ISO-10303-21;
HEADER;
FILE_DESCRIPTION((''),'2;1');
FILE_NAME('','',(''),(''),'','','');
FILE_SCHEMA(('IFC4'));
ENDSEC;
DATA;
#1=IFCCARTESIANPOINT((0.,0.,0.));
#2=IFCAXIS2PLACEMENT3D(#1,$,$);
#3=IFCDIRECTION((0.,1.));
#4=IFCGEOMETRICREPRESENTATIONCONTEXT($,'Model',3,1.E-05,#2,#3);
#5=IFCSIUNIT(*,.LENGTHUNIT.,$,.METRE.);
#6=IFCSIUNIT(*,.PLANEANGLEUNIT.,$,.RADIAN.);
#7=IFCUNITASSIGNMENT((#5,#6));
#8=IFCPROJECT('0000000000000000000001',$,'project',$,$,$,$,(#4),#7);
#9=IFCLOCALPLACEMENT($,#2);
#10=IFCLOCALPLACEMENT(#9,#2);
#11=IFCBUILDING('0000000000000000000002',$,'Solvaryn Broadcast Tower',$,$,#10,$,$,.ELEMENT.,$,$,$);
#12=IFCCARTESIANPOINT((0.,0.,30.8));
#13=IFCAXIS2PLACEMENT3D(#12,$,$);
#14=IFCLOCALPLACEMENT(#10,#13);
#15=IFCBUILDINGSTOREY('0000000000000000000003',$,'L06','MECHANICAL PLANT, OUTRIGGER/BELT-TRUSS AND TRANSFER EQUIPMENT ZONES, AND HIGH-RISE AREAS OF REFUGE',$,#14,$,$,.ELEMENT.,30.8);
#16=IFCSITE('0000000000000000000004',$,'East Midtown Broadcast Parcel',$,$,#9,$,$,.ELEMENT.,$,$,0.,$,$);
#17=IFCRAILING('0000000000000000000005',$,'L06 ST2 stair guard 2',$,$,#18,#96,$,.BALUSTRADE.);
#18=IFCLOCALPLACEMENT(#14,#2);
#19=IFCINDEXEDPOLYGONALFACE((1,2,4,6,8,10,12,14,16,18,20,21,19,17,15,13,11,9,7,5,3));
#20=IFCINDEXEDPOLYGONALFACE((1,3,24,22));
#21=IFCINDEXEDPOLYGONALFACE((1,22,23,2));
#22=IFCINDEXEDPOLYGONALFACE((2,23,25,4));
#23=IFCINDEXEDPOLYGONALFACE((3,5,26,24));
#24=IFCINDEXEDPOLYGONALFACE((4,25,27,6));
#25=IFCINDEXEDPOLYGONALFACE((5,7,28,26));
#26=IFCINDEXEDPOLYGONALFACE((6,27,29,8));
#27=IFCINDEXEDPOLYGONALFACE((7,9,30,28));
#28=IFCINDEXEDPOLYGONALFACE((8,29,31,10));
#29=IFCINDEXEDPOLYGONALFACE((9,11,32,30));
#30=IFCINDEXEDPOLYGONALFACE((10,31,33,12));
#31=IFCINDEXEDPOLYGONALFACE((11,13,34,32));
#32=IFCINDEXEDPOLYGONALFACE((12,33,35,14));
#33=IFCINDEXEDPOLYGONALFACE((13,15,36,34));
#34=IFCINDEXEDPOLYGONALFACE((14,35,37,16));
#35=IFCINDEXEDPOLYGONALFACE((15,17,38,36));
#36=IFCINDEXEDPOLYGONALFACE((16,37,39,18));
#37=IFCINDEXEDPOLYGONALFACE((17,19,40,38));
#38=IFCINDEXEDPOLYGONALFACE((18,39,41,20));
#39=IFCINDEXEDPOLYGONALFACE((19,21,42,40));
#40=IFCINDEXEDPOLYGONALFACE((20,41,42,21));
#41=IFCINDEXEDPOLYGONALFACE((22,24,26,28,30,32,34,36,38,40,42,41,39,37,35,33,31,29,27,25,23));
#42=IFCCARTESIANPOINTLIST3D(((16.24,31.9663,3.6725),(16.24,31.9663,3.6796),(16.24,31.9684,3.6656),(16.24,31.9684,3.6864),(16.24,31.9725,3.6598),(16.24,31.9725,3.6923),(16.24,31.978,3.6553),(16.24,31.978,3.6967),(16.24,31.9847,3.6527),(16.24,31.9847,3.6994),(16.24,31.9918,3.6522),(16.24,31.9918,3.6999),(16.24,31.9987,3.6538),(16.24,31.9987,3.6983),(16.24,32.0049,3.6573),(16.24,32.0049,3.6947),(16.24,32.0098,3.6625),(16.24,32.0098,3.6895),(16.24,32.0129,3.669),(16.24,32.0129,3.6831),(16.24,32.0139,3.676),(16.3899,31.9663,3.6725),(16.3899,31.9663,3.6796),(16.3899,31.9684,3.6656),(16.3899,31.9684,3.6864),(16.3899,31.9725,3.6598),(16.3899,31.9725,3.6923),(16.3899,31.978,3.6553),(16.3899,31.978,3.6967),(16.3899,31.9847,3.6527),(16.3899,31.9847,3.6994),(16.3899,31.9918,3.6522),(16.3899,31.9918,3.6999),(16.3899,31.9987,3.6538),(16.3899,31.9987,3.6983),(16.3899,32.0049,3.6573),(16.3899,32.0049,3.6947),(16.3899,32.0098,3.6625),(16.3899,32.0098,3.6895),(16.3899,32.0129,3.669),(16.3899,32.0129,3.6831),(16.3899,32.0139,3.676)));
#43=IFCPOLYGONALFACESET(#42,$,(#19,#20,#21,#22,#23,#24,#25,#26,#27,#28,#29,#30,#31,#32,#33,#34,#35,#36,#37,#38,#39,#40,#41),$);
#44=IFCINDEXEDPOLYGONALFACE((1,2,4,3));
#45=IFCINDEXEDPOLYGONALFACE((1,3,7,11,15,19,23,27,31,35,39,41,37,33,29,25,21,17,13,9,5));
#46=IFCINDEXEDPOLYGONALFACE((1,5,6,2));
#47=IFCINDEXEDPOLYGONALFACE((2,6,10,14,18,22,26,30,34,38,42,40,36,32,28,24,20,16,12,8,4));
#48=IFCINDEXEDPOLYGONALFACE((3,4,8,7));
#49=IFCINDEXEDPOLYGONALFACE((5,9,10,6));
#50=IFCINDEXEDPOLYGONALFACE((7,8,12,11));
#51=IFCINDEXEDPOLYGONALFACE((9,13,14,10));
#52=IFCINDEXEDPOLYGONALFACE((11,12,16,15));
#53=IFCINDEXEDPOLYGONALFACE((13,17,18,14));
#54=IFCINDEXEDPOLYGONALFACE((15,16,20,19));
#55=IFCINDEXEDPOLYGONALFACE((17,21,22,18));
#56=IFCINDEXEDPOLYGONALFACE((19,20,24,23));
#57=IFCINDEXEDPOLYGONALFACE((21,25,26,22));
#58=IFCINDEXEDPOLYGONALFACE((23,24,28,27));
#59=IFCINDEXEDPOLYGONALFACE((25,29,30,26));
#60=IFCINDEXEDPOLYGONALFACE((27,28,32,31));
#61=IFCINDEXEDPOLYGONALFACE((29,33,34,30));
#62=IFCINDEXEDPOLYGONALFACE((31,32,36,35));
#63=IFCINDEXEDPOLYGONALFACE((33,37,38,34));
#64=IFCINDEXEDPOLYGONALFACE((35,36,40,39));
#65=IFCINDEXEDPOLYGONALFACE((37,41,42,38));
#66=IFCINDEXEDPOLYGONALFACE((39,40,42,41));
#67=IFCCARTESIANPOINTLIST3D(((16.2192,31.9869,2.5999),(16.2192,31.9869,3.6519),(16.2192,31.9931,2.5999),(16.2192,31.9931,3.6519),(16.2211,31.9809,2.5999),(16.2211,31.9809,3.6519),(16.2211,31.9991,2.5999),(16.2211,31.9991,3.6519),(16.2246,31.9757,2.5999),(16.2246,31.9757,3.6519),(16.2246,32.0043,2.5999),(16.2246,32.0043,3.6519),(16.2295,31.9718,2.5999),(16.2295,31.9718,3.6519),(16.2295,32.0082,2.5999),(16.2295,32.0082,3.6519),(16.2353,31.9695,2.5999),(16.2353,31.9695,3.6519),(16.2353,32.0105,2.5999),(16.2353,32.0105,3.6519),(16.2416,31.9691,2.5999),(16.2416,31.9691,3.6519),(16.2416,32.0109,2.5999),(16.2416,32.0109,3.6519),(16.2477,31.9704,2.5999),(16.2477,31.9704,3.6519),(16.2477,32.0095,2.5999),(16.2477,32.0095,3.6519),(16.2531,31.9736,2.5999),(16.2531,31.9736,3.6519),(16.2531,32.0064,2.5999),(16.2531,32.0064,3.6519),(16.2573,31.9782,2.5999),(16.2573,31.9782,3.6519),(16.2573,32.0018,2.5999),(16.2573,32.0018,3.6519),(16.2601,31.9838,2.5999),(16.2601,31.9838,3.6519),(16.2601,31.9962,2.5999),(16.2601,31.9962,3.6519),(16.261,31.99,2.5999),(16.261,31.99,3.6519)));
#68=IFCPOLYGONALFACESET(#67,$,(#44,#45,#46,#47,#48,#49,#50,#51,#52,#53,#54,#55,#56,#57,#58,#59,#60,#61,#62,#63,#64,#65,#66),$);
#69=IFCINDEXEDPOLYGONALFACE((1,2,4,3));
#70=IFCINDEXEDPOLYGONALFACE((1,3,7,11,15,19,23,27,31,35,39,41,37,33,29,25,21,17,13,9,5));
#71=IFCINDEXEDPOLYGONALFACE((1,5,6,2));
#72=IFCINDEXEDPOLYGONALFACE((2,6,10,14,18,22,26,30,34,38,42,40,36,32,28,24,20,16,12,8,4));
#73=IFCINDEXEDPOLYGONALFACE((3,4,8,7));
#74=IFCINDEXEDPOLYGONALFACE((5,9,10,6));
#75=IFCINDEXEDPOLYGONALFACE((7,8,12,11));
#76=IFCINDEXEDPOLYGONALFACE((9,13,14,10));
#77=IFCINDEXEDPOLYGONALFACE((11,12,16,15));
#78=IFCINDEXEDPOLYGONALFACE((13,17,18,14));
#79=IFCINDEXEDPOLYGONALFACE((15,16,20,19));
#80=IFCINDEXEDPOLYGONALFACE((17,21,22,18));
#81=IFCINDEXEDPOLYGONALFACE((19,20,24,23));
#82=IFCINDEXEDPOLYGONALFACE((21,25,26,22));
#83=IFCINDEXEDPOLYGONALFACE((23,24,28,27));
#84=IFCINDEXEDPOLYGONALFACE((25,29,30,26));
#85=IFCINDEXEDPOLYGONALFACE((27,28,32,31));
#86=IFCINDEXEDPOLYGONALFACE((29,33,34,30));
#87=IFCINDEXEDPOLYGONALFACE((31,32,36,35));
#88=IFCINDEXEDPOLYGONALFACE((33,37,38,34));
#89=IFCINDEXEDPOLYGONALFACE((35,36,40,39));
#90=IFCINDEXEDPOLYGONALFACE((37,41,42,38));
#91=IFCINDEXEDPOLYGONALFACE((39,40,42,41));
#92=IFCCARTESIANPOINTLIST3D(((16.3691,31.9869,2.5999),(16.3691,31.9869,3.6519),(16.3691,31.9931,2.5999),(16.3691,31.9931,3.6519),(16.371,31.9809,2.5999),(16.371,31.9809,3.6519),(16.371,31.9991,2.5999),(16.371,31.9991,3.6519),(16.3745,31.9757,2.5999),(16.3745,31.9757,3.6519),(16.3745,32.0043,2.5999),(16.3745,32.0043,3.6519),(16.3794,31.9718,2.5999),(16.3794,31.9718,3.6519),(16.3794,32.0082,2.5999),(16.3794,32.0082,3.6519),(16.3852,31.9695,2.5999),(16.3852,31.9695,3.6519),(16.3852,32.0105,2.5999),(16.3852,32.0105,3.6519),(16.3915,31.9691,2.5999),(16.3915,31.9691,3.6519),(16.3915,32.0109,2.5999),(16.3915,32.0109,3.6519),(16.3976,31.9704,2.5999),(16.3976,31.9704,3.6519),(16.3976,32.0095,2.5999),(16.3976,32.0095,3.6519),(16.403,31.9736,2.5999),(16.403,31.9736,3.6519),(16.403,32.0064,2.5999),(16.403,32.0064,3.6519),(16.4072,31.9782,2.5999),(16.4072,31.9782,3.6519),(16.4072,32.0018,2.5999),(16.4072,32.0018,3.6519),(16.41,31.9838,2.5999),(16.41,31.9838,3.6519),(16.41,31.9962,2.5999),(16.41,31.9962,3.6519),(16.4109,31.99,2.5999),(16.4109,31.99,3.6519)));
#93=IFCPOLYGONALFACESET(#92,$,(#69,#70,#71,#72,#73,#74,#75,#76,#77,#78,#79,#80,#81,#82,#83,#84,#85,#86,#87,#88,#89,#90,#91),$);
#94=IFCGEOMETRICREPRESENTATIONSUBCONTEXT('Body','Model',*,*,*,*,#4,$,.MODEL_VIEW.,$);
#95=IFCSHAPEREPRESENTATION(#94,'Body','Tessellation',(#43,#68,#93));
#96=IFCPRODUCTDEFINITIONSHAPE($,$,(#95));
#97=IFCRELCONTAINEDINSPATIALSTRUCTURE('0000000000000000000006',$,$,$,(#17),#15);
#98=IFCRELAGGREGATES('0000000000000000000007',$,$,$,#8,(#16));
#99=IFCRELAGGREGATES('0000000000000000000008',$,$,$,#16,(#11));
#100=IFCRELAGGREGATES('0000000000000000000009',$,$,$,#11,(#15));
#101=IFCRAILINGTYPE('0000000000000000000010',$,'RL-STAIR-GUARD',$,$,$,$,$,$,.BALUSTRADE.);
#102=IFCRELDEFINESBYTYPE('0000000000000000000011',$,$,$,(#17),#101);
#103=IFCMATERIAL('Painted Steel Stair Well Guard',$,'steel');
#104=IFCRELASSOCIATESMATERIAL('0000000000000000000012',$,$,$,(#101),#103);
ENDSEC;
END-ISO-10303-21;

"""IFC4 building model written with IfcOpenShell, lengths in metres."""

from ifc_helpers import new_model, si_unit, direction, frame, origin, origin_2d, place, context, subcontext, project, spatial, circle, extrude, material, type_object, element, save


model = new_model("IFC4")

# Units and contexts
model_context = context("Model", 3, precision=1e-05, world=origin(), true_north=direction((0.0, 1.0)))
body_context = subcontext(model_context, "Body", "Model", "MODEL_VIEW")
ifc_project = project(units=[si_unit("LENGTHUNIT", "METRE"), si_unit("PLANEANGLEUNIT", "RADIAN")], contexts=[model_context])

# Site, building, storey
site_placement = place(None, origin())
site = spatial("IfcSite", under=ifc_project, at=site_placement, Name="East Midtown Broadcast Parcel", CompositionType="ELEMENT", RefElevation=0.0)
building_placement = place(site_placement, origin())
building = spatial("IfcBuilding", under=site, at=building_placement, Name="Solvaryn Broadcast Tower", CompositionType="ELEMENT")
storey_placement = place(building_placement, frame((0.0, 0.0, 30.8)))
storey = spatial("IfcBuildingStorey", under=building, at=storey_placement, Name="L06", Description="MECHANICAL PLANT, OUTRIGGER/BELT-TRUSS AND TRANSFER EQUIPMENT ZONES, AND HIGH-RISE AREAS OF REFUGE", CompositionType="ELEMENT", Elevation=30.8)

# Railing
ifc_material_1 = material(Name="Painted Steel Stair Well Guard", Category="steel")
railing_type_1 = type_object("IfcRailingType", Name="RL-STAIR-GUARD", PredefinedType="BALUSTRADE", material=ifc_material_1)
railing_1_placement = place(storey_placement, frame((16.24, 31.99, 2.5999)))
element("IfcRailing", 1, at=railing_1_placement, inside=storey, type_object=railing_type_1, Name="L06 ST2 stair guard 2", PredefinedType="BALUSTRADE", context=body_context, shape_type="SweptSolid", body=[
    extrude(circle(Radius=0.0239, at=origin_2d()), frame((0.0, 0.0, 1.0762), z_axis=(1.0, 0.0, 0.0), x_axis=(0.0, 1.0, 0.0)), (0.0, 0.0, 1.0), 0.1499),
    extrude(circle(Radius=0.021, at=origin_2d()), origin(), (0.0, 0.0, 1.0), 1.052),
    extrude(circle(Radius=0.021, at=origin_2d()), frame((0.1499, 0.0, 0.0)), (0.0, 0.0, 1.0), 1.052),
])

save(model, "model.ifc")
